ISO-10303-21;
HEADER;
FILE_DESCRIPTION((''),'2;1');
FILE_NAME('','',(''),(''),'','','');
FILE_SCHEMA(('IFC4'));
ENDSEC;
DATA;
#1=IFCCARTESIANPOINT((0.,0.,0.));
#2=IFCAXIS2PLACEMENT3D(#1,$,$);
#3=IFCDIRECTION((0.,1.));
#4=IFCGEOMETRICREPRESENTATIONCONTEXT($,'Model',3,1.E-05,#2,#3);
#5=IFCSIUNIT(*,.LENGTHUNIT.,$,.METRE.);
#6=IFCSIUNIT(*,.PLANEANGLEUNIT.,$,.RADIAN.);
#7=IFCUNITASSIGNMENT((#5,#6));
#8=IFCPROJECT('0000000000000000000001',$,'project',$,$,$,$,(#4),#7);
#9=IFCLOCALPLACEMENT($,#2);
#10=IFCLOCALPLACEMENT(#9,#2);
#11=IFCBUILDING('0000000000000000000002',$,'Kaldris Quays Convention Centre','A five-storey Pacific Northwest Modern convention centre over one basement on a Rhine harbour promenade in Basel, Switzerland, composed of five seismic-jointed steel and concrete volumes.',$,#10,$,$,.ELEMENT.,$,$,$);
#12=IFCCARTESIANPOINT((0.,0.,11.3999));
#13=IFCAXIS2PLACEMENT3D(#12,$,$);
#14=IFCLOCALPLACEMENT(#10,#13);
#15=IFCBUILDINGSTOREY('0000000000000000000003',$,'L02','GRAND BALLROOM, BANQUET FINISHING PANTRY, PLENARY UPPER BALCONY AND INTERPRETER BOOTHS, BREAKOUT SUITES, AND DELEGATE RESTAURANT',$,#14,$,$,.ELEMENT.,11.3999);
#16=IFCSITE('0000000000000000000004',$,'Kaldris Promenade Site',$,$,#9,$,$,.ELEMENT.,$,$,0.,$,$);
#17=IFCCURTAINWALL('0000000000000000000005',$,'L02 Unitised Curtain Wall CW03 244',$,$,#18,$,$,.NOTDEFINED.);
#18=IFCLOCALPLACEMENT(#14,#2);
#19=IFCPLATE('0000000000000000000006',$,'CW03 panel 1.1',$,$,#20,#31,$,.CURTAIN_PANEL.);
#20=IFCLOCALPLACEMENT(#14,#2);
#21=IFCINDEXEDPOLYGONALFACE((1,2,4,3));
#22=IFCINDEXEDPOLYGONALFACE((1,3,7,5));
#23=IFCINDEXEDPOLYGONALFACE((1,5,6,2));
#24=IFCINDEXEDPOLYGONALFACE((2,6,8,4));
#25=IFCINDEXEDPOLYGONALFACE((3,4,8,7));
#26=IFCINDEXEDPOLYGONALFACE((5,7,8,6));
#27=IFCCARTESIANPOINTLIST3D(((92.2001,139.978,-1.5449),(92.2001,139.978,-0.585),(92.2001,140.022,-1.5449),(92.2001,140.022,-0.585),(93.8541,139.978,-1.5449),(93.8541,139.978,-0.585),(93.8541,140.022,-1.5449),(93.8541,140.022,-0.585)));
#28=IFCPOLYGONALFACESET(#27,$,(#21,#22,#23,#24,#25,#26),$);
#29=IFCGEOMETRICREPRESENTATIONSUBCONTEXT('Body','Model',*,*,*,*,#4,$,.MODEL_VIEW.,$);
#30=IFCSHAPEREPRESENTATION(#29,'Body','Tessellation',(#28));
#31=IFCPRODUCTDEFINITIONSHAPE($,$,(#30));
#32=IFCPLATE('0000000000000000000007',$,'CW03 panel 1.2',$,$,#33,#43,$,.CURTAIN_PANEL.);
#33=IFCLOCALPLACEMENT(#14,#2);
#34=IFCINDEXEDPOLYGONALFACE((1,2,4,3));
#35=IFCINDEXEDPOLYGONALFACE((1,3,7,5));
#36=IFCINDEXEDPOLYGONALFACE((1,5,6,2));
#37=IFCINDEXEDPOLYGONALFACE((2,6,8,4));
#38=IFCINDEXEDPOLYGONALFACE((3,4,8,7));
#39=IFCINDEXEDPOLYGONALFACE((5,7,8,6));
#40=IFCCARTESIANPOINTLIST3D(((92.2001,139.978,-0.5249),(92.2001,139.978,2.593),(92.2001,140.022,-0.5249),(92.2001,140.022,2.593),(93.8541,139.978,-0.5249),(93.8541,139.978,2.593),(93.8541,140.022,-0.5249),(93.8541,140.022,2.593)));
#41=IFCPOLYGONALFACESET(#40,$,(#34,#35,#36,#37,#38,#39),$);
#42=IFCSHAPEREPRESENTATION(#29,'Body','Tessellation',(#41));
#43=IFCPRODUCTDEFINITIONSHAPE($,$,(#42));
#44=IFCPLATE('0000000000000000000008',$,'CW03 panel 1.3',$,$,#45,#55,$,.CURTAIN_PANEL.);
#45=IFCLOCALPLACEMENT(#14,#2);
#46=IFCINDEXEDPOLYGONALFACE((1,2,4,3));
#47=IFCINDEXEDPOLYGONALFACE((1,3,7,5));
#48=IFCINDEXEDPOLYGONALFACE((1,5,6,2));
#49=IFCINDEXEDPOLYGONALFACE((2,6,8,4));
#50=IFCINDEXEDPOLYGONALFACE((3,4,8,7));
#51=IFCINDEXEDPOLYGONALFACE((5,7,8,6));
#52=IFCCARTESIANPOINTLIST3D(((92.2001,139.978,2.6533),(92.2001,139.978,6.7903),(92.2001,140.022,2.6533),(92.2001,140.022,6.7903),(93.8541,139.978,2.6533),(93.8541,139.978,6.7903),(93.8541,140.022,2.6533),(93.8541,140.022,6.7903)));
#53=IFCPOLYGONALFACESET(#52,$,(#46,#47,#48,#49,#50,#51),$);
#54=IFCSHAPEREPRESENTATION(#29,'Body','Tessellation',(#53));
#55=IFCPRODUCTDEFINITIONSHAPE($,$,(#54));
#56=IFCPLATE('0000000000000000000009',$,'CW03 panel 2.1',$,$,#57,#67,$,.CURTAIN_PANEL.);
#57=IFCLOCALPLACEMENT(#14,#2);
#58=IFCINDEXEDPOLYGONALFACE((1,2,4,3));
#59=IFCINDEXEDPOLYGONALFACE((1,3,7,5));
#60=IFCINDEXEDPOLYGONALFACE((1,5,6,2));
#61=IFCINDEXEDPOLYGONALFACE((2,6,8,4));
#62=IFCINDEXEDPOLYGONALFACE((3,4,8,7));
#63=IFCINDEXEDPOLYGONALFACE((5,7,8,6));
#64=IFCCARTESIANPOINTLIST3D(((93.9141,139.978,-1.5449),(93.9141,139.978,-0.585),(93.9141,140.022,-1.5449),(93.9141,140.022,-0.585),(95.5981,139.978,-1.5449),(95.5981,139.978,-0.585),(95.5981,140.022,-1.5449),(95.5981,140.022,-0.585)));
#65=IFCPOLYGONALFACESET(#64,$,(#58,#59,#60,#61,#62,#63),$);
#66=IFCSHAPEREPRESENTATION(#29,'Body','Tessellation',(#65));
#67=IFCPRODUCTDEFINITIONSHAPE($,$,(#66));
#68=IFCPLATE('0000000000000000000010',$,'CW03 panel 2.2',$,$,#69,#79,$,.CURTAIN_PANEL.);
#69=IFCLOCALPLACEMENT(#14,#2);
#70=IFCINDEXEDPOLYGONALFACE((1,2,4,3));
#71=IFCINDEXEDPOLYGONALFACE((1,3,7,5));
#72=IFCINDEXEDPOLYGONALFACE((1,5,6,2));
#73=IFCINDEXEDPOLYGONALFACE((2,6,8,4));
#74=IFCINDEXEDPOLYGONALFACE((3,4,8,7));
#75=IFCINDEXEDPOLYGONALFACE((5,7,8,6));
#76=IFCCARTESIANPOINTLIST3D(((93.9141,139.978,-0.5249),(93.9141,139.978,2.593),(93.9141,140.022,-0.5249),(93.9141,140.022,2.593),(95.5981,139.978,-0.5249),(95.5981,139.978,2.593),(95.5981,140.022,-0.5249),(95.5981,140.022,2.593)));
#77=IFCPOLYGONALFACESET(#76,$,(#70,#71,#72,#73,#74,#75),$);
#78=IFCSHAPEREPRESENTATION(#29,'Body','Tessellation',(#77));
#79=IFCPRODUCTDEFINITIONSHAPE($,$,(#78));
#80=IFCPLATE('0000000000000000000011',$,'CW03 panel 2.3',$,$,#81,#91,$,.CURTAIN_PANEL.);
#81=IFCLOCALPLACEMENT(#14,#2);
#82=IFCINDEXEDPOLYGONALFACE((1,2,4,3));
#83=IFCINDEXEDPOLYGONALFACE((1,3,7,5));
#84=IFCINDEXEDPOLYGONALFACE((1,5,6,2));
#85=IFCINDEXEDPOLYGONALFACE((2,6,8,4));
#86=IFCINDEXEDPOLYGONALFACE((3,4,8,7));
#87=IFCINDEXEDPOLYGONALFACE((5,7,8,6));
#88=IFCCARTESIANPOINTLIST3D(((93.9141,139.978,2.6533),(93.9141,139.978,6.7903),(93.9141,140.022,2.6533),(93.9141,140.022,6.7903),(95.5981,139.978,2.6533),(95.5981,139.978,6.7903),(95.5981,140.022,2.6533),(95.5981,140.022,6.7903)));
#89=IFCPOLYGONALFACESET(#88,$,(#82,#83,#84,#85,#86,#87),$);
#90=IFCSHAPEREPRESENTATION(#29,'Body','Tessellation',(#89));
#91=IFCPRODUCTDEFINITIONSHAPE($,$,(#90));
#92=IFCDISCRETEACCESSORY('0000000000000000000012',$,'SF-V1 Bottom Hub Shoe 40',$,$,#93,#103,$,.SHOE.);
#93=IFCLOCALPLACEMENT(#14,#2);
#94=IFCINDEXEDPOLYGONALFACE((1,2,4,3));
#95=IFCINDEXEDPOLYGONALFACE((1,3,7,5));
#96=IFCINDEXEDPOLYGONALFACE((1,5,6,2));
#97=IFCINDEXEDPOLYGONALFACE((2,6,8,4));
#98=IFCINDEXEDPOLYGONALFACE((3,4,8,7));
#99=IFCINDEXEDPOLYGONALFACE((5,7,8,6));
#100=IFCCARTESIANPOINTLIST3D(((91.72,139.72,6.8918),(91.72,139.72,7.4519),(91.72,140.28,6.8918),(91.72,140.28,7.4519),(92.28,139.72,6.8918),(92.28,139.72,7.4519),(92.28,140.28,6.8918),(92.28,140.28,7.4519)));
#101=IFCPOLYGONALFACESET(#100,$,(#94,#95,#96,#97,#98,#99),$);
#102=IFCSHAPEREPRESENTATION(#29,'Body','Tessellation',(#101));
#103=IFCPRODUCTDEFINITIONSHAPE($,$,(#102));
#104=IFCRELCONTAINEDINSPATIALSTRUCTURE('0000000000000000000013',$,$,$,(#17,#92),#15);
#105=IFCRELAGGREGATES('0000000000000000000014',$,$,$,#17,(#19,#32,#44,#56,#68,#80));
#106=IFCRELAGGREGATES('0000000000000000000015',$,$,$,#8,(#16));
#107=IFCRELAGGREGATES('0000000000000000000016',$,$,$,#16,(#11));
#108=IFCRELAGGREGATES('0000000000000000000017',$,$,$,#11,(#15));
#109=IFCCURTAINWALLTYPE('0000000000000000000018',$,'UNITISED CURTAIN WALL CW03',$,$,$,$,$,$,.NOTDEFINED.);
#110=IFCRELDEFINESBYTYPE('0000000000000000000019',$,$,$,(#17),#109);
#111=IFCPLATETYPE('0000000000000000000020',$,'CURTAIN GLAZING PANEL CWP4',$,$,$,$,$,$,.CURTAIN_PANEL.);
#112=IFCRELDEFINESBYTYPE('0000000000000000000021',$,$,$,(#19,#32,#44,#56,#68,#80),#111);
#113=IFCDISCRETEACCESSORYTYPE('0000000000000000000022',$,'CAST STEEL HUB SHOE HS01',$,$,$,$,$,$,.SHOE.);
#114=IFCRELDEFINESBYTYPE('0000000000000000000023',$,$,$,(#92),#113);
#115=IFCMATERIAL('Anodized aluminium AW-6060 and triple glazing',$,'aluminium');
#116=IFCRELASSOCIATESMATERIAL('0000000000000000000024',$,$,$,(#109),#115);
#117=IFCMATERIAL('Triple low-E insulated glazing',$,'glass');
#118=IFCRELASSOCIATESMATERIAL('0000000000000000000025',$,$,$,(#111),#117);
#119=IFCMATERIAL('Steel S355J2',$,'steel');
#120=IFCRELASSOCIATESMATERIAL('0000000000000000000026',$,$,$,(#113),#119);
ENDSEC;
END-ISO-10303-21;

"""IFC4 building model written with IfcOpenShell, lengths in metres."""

from ifc_helpers import new_model, si_unit, direction, frame, origin, origin_2d, place, context, subcontext, project, spatial, rectangle, extrude, material, type_object, element, aggregate, save


model = new_model("IFC4")

# Units and contexts
model_context = context("Model", 3, precision=1e-05, world=origin(), true_north=direction((0.0, 1.0)))
body_context = subcontext(model_context, "Body", "Model", "MODEL_VIEW")
ifc_project = project(units=[si_unit("LENGTHUNIT", "METRE"), si_unit("PLANEANGLEUNIT", "RADIAN")], contexts=[model_context])

# Site, building, storey
site_placement = place(None, origin())
site = spatial("IfcSite", under=ifc_project, at=site_placement, Name="Kaldris Promenade Site", CompositionType="ELEMENT", RefElevation=0.0)
building_placement = place(site_placement, origin())
building = spatial("IfcBuilding", under=site, at=building_placement, Name="Kaldris Quays Convention Centre", Description="A five-storey Pacific Northwest Modern convention centre over one basement on a Rhine harbour promenade in Basel, Switzerland, composed of five seismic-jointed steel and concrete volumes.", CompositionType="ELEMENT")
storey_placement = place(building_placement, frame((0.0, 0.0, 11.3999)))
storey = spatial("IfcBuildingStorey", under=building, at=storey_placement, Name="L02", Description="GRAND BALLROOM, BANQUET FINISHING PANTRY, PLENARY UPPER BALCONY AND INTERPRETER BOOTHS, BREAKOUT SUITES, AND DELEGATE RESTAURANT", CompositionType="ELEMENT", Elevation=11.3999)

# Curtain wall
ifc_material_1 = material(Name="Anodized aluminium AW-6060 and triple glazing", Category="aluminium")
curtain_wall_type = type_object("IfcCurtainWallType", Name="UNITISED CURTAIN WALL CW03", PredefinedType="NOTDEFINED", material=ifc_material_1)
curtain_wall_placement = place(storey_placement, origin())
curtain_wall = element("IfcCurtainWall", 1, at=curtain_wall_placement, inside=storey, type_object=curtain_wall_type, Name="L02 Unitised Curtain Wall CW03 244", PredefinedType="NOTDEFINED")

# Plates
ifc_material_2 = material(Name="Triple low-E insulated glazing", Category="glass")
plate_type = type_object("IfcPlateType", Name="CURTAIN GLAZING PANEL CWP4", PredefinedType="CURTAIN_PANEL", material=ifc_material_2)
plate_1_placement = place(storey_placement, frame((93.0271, 140.0, -1.5449), z_axis=(0.0, 0.0, 1.0), x_axis=(1.0, 0.0, 0.0)))
plate_1 = element("IfcPlate", 2, at=plate_1_placement, type_object=plate_type, Name="CW03 panel 1.1", PredefinedType="CURTAIN_PANEL", context=body_context, shape_type="SweptSolid", body=[
    extrude(rectangle(XDim=1.6541, YDim=0.0439, at=origin_2d()), origin(), (0.0, 0.0, 1.0), 0.96),
])
plate_2_placement = place(storey_placement, frame((93.0271, 140.0, -0.5249), z_axis=(0.0, 0.0, 1.0), x_axis=(1.0, 0.0, 0.0)))
plate_2 = element("IfcPlate", 3, at=plate_2_placement, type_object=plate_type, Name="CW03 panel 1.2", PredefinedType="CURTAIN_PANEL", context=body_context, shape_type="SweptSolid", body=[
    extrude(rectangle(XDim=1.6541, YDim=0.0439, at=origin_2d()), origin(), (0.0, 0.0, 1.0), 3.1179),
])
plate_3_placement = place(storey_placement, frame((93.0271, 140.0, 2.6533), z_axis=(0.0, 0.0, 1.0), x_axis=(1.0, 0.0, 0.0)))
plate_3 = element("IfcPlate", 4, at=plate_3_placement, type_object=plate_type, Name="CW03 panel 1.3", PredefinedType="CURTAIN_PANEL", context=body_context, shape_type="SweptSolid", body=[
    extrude(rectangle(XDim=1.6541, YDim=0.0439, at=origin_2d()), origin(), (0.0, 0.0, 1.0), 4.137),
])
plate_4_placement = place(storey_placement, frame((94.7561, 140.0, -1.5449), z_axis=(0.0, 0.0, 1.0), x_axis=(1.0, 0.0, 0.0)))
plate_4 = element("IfcPlate", 5, at=plate_4_placement, type_object=plate_type, Name="CW03 panel 2.1", PredefinedType="CURTAIN_PANEL", context=body_context, shape_type="SweptSolid", body=[
    extrude(rectangle(XDim=1.6841, YDim=0.0439, at=origin_2d()), origin(), (0.0, 0.0, 1.0), 0.96),
])
plate_5_placement = place(storey_placement, frame((94.7561, 140.0, -0.5249), z_axis=(0.0, 0.0, 1.0), x_axis=(1.0, 0.0, 0.0)))
plate_5 = element("IfcPlate", 6, at=plate_5_placement, type_object=plate_type, Name="CW03 panel 2.2", PredefinedType="CURTAIN_PANEL", context=body_context, shape_type="SweptSolid", body=[
    extrude(rectangle(XDim=1.6841, YDim=0.0439, at=origin_2d()), origin(), (0.0, 0.0, 1.0), 3.1179),
])
plate_6_placement = place(storey_placement, frame((94.7561, 140.0, 2.6533), z_axis=(0.0, 0.0, 1.0), x_axis=(1.0, 0.0, 0.0)))
plate_6 = element("IfcPlate", 7, at=plate_6_placement, type_object=plate_type, Name="CW03 panel 2.3", PredefinedType="CURTAIN_PANEL", context=body_context, shape_type="SweptSolid", body=[
    extrude(rectangle(XDim=1.6841, YDim=0.0439, at=origin_2d()), origin(), (0.0, 0.0, 1.0), 4.137),
])
aggregate(curtain_wall, [plate_1, plate_2, plate_3, plate_4, plate_5, plate_6])

# Discrete accessory
ifc_material_3 = material(Name="Steel S355J2", Category="steel")
discrete_accessory_type = type_object("IfcDiscreteAccessoryType", Name="CAST STEEL HUB SHOE HS01", PredefinedType="SHOE", material=ifc_material_3)
discrete_accessory_placement = place(storey_placement, frame((92.0, 140.0, 6.8918), z_axis=(0.0, 0.0, 1.0), x_axis=(1.0, 0.0, 0.0)))
element("IfcDiscreteAccessory", 8, at=discrete_accessory_placement, inside=storey, type_object=discrete_accessory_type, Name="SF-V1 Bottom Hub Shoe 40", PredefinedType="SHOE", context=body_context, shape_type="SweptSolid", body=[
    extrude(rectangle(XDim=0.5601, YDim=0.5601, at=origin_2d()), origin(), (0.0, 0.0, 1.0), 0.5601),
])

save(model, "model.ifc")
